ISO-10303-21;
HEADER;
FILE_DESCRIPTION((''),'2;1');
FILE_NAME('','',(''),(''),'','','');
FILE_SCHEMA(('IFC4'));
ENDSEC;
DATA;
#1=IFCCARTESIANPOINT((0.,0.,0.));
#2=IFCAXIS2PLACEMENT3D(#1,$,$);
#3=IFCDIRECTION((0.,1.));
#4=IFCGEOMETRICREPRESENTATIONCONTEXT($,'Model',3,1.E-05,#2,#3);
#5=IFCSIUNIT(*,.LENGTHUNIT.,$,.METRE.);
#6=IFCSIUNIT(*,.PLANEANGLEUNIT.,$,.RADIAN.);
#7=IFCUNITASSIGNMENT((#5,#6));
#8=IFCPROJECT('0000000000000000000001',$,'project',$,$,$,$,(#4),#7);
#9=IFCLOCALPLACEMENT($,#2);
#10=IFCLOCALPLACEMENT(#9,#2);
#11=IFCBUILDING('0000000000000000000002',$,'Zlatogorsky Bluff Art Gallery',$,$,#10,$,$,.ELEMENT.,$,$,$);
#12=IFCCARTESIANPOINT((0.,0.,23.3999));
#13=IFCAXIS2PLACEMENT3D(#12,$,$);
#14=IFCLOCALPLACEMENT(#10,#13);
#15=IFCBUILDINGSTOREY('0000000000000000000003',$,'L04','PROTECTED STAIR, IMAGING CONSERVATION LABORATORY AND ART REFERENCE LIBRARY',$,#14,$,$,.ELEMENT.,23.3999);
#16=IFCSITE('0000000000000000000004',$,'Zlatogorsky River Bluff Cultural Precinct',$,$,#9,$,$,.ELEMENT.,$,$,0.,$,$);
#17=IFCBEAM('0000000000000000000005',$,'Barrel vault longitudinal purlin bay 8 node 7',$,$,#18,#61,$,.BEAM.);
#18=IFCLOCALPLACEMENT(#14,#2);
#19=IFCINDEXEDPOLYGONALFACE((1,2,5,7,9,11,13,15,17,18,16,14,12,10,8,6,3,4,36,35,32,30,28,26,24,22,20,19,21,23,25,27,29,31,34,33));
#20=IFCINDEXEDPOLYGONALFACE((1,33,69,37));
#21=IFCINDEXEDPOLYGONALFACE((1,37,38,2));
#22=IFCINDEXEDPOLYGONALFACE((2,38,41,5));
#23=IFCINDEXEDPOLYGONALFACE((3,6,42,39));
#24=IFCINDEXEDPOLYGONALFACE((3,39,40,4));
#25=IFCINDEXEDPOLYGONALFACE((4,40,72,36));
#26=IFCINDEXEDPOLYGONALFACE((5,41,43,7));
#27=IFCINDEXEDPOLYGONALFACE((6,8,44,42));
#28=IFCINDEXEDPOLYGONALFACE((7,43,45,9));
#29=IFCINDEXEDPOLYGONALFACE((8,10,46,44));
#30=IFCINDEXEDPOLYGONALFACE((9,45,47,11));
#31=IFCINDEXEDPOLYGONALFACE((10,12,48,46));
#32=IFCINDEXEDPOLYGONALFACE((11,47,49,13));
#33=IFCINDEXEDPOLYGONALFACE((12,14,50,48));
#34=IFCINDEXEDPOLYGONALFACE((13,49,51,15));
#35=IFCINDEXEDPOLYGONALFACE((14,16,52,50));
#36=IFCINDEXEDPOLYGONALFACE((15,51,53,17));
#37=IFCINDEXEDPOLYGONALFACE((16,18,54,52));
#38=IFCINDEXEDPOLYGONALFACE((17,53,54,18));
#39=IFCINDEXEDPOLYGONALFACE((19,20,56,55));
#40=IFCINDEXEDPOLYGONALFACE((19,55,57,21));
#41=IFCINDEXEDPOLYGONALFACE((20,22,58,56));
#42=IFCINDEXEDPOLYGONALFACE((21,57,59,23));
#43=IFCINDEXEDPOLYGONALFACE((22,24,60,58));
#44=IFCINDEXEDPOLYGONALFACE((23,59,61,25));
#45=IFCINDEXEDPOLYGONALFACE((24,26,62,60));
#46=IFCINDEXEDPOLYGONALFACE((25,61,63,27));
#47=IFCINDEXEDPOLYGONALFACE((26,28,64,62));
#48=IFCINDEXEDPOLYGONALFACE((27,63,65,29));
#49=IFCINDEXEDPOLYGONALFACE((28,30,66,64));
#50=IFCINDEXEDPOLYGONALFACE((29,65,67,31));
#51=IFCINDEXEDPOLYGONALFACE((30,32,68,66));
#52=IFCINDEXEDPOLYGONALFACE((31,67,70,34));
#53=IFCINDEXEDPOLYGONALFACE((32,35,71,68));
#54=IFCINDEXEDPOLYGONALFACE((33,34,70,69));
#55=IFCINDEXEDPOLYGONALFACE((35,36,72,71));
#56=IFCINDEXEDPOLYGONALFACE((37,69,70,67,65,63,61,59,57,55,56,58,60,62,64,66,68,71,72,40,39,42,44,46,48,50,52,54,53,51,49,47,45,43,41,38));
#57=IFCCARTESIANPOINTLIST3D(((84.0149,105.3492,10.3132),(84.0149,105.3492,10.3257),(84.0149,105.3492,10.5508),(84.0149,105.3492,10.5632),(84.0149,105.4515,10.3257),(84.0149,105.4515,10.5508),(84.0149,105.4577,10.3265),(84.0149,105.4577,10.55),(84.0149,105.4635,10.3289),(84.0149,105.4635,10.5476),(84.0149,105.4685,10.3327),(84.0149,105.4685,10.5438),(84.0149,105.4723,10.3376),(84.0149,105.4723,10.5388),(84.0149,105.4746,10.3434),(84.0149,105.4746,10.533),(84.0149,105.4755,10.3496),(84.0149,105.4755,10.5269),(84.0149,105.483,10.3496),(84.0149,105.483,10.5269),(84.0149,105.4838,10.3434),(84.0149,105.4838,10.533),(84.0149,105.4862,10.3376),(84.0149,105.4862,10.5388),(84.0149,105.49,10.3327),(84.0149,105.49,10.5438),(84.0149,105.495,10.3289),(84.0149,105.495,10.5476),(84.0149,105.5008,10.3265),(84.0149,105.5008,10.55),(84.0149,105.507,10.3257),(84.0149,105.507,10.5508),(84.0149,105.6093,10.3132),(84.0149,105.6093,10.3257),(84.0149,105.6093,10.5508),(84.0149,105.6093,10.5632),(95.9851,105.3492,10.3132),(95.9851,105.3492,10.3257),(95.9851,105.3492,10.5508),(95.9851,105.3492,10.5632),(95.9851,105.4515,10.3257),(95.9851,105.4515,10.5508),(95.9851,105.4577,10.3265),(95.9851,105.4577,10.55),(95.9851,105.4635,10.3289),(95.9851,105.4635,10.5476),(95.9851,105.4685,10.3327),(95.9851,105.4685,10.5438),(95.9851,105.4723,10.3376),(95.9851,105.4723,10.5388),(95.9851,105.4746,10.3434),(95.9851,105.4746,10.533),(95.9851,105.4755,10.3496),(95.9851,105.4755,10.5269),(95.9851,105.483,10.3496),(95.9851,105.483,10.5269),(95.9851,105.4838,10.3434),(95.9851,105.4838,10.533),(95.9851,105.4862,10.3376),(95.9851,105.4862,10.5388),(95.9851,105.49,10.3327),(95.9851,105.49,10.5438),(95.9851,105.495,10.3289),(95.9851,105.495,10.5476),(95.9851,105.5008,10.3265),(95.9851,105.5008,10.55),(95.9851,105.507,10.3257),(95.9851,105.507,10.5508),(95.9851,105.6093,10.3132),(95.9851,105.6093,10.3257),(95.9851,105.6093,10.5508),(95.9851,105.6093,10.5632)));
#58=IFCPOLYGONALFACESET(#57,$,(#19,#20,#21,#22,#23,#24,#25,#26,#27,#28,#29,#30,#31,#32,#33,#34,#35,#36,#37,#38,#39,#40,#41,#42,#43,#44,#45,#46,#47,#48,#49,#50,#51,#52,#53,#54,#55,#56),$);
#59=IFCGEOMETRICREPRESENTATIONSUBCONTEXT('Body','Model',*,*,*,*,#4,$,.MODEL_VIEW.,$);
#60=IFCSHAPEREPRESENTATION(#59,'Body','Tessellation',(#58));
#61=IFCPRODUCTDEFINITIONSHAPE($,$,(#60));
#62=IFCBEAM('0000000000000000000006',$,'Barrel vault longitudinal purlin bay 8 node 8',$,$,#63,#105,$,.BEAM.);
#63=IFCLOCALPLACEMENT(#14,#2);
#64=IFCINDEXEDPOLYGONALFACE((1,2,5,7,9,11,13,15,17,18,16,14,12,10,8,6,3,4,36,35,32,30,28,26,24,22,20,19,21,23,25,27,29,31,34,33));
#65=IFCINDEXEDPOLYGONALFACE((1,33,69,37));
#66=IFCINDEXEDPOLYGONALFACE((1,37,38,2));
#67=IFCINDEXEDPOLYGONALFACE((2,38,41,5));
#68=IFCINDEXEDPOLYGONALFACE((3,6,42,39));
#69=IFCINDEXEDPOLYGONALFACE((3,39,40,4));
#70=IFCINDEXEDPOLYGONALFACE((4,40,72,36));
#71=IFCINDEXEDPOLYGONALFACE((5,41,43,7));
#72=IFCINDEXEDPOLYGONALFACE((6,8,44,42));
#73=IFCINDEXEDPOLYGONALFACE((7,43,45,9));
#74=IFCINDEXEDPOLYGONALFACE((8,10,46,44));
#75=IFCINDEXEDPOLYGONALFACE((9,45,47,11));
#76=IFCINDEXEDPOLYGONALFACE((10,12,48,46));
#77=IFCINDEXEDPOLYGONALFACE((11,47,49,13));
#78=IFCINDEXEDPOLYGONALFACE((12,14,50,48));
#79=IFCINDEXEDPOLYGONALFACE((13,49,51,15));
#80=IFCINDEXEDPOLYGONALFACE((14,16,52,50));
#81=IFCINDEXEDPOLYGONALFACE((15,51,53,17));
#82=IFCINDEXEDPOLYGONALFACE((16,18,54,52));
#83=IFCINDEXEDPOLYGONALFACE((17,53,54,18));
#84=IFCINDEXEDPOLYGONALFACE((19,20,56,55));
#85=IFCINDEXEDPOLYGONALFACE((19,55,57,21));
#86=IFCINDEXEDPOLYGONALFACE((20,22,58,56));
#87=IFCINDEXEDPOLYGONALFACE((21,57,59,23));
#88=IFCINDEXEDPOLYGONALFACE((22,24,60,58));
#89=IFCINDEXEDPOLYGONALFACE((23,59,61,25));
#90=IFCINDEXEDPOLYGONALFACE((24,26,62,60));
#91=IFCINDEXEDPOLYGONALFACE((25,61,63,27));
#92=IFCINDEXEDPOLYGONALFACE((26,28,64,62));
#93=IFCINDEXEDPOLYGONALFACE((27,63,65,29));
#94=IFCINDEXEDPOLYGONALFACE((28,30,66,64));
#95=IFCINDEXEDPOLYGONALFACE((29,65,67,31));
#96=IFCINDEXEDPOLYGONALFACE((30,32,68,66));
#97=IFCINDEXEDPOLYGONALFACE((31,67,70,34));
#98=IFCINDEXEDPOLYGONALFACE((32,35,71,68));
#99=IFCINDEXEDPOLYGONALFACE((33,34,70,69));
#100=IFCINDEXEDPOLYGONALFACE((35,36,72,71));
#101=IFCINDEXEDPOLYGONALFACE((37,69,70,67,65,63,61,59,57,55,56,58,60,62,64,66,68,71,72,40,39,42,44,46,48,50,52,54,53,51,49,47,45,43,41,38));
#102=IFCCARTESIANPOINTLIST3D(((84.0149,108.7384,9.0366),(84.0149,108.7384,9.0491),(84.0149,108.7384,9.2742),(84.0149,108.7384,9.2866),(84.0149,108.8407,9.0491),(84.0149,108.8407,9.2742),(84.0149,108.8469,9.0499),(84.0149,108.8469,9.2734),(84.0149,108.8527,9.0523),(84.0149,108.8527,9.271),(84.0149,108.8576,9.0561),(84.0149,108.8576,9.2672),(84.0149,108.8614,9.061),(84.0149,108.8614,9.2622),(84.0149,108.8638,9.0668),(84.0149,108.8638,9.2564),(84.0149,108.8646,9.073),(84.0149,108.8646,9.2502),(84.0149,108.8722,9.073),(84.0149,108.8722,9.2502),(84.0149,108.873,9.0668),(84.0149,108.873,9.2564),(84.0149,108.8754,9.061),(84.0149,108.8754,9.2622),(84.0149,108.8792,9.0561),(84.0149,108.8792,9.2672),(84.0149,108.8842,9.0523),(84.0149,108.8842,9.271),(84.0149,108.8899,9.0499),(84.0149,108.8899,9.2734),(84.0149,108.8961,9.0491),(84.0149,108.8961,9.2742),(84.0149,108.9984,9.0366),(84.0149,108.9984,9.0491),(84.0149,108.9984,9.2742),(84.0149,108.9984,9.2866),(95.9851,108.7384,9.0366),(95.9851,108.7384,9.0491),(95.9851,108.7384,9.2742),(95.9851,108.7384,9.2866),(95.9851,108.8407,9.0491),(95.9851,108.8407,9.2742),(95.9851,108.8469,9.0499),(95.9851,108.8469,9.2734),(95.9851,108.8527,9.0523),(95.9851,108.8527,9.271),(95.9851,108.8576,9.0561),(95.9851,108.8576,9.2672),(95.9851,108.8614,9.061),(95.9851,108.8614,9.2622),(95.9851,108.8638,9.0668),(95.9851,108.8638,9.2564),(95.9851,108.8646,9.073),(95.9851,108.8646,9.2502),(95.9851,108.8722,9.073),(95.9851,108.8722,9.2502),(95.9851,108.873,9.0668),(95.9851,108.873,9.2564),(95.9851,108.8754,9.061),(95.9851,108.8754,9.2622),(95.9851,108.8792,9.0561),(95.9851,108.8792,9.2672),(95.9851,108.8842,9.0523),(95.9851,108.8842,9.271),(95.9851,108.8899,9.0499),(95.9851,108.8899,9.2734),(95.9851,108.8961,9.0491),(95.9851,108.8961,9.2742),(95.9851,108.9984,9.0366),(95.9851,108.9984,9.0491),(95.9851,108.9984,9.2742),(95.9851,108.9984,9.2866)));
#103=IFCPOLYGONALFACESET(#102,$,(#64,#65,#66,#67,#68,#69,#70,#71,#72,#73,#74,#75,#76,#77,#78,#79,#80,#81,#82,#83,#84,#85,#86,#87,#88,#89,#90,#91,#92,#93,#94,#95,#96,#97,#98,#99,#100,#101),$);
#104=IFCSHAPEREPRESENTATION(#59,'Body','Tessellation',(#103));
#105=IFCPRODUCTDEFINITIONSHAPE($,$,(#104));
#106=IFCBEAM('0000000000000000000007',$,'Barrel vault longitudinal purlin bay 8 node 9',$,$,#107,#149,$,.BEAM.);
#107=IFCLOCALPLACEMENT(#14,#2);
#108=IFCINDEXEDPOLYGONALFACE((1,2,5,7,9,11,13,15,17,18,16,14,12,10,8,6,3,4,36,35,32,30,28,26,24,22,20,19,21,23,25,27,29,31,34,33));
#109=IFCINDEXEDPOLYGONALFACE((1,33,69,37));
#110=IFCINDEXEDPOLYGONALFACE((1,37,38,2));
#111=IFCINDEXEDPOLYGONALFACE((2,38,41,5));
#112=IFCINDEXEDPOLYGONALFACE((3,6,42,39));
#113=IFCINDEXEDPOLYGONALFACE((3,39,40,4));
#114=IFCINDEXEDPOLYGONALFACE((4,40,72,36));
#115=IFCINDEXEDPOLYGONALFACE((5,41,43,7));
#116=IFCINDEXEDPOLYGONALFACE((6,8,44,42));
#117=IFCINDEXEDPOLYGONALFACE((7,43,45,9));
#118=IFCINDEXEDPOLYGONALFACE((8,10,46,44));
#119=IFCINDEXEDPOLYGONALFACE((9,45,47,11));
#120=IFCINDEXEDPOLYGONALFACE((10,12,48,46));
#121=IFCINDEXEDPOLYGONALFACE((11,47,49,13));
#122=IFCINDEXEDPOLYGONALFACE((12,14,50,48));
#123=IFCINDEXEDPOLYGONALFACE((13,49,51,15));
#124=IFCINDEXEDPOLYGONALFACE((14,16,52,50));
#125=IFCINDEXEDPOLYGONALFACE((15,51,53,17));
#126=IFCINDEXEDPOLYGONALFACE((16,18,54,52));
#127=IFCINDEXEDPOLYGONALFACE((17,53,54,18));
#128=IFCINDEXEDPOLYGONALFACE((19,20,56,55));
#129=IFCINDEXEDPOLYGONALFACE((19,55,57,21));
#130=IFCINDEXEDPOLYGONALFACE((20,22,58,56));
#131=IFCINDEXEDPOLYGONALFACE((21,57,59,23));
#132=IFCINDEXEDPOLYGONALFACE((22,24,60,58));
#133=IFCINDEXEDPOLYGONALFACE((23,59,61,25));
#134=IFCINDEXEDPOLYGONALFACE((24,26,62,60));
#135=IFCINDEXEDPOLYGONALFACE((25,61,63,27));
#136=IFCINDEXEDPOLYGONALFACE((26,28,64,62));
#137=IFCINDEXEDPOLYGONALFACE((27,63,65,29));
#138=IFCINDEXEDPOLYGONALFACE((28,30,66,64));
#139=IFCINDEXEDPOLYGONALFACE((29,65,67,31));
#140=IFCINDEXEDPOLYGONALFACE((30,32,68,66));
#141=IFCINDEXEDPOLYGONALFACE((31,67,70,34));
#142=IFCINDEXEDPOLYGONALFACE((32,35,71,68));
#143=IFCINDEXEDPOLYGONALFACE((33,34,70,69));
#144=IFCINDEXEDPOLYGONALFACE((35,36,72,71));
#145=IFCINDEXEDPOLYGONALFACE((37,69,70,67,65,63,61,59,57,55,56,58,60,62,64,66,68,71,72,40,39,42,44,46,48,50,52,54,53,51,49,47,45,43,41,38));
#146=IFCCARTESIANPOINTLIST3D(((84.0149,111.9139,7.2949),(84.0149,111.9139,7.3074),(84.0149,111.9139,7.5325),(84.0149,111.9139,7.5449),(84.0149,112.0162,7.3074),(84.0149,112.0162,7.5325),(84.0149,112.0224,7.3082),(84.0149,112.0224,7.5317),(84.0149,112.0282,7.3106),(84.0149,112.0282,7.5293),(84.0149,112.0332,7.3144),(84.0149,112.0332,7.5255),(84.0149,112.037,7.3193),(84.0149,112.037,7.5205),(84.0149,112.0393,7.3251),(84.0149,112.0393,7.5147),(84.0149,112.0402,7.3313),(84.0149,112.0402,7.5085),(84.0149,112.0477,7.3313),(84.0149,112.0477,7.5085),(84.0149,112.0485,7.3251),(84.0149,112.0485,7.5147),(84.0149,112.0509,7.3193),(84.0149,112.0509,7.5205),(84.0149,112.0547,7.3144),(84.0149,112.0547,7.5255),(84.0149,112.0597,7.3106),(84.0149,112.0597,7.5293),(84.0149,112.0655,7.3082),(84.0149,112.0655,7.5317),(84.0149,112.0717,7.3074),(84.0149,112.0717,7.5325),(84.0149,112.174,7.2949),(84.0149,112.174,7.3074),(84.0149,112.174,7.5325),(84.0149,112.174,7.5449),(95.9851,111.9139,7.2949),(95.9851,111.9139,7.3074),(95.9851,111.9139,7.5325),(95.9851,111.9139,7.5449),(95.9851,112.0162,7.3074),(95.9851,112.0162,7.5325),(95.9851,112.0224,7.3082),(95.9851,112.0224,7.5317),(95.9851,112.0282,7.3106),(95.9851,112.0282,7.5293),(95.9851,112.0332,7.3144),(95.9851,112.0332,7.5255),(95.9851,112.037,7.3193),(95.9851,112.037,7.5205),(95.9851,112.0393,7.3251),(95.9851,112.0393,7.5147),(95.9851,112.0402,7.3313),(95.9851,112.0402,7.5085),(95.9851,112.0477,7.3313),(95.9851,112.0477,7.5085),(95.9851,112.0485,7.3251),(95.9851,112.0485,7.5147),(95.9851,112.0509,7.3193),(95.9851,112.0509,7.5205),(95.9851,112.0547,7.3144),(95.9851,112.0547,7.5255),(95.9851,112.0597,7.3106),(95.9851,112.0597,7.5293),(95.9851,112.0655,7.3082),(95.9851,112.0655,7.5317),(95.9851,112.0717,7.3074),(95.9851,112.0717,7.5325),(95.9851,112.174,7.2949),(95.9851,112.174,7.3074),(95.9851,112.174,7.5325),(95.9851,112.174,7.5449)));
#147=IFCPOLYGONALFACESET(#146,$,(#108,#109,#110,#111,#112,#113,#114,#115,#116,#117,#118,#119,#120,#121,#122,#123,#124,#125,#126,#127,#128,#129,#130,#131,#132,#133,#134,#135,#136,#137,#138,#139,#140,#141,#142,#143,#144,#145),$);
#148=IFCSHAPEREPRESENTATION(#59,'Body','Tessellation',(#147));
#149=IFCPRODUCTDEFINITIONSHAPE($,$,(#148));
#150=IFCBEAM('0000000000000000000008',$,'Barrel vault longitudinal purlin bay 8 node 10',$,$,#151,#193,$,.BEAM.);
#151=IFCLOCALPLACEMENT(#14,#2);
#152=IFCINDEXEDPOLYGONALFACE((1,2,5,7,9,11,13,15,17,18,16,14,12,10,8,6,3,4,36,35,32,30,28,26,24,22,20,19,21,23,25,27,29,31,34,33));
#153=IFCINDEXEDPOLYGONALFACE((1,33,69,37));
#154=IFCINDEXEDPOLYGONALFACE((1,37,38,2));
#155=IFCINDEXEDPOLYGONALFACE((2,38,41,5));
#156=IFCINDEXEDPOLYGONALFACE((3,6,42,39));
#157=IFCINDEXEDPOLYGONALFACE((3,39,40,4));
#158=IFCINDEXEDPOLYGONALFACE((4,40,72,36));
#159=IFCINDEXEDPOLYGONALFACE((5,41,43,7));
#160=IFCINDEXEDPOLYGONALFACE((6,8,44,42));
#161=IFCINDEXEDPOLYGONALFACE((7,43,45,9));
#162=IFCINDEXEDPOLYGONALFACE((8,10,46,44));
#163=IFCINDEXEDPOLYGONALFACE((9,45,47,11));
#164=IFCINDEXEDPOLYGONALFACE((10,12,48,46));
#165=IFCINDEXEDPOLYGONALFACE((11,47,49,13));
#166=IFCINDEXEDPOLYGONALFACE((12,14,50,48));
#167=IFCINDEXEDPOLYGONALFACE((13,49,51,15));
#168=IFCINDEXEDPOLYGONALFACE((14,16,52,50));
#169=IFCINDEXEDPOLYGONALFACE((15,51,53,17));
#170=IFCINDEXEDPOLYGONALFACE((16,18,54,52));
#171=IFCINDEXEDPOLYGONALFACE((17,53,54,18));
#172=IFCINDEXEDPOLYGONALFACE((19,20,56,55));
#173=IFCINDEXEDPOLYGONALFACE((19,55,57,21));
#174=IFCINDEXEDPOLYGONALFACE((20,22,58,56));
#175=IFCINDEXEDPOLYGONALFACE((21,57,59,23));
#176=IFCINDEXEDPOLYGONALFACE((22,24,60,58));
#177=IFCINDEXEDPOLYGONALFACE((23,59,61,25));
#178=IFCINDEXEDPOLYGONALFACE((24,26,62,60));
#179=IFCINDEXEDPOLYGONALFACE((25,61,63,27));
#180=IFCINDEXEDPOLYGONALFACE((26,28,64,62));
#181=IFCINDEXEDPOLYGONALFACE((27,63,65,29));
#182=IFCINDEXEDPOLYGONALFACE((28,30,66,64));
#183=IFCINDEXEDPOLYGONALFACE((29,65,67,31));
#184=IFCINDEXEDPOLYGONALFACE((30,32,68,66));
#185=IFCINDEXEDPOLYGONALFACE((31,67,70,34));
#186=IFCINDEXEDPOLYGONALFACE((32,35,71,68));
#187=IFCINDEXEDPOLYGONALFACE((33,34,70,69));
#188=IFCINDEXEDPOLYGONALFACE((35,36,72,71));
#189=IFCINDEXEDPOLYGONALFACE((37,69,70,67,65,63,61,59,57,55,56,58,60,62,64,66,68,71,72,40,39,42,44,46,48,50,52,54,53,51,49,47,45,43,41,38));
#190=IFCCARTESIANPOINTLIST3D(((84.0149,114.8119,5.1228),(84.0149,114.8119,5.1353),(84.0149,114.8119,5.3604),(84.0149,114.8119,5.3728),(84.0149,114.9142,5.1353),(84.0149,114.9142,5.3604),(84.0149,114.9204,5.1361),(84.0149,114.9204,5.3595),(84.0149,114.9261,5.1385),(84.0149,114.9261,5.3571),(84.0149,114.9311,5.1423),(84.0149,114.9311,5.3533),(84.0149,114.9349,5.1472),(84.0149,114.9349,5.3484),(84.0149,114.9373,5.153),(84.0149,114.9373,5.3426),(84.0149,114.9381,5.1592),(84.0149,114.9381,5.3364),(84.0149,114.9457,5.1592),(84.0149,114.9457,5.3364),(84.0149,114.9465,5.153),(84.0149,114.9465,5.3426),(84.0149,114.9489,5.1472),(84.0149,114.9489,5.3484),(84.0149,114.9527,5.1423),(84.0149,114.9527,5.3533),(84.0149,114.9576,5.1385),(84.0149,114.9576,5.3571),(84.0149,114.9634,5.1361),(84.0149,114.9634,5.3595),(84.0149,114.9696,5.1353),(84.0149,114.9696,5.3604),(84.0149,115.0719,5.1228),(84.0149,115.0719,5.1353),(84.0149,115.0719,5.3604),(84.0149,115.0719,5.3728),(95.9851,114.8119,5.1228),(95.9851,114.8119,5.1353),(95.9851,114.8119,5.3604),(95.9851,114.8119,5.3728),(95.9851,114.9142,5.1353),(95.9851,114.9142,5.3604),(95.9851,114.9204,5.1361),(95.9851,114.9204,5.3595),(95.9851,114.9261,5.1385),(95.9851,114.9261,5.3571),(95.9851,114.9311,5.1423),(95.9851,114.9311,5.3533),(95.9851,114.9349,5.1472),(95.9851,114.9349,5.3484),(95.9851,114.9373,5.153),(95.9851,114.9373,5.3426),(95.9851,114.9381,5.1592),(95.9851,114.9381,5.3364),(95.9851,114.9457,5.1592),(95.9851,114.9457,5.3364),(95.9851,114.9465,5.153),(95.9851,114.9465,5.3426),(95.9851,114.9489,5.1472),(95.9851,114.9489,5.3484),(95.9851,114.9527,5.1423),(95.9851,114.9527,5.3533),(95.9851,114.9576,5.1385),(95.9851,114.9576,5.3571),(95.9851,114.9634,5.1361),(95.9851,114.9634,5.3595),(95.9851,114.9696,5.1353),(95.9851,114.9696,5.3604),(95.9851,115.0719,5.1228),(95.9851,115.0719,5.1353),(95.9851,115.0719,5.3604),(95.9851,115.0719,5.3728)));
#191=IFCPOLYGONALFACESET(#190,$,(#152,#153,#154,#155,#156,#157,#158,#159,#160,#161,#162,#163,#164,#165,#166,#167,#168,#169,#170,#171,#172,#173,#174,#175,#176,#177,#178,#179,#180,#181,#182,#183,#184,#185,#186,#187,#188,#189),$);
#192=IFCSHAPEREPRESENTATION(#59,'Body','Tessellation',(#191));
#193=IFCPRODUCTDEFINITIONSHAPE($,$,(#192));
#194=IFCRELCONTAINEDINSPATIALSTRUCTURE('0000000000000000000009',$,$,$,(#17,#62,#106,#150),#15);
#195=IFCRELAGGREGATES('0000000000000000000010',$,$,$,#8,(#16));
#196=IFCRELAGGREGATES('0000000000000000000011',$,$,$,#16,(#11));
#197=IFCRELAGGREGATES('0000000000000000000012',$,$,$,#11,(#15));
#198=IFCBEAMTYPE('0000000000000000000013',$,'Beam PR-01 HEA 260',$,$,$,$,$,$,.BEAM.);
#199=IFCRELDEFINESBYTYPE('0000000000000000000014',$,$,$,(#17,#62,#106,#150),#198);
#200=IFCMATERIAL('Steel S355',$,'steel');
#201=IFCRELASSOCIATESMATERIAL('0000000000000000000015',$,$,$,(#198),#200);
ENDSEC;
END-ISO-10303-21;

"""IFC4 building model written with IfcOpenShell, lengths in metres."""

from ifc_helpers import new_model, si_unit, direction, frame, origin, origin_2d, place, context, subcontext, project, spatial, i_section, extrude, material, material_profile, profile_set, type_object, element, save


model = new_model("IFC4")

# Units and contexts
model_context = context("Model", 3, precision=1e-05, world=origin(), true_north=direction((0.0, 1.0)))
body_context = subcontext(model_context, "Body", "Model", "MODEL_VIEW")
ifc_project = project(units=[si_unit("LENGTHUNIT", "METRE"), si_unit("PLANEANGLEUNIT", "RADIAN")], contexts=[model_context])

# Site, building, storey
site_placement = place(None, origin())
site = spatial("IfcSite", under=ifc_project, at=site_placement, Name="Zlatogorsky River Bluff Cultural Precinct", CompositionType="ELEMENT", RefElevation=0.0)
building_placement = place(site_placement, origin())
building = spatial("IfcBuilding", under=site, at=building_placement, Name="Zlatogorsky Bluff Art Gallery", CompositionType="ELEMENT")
storey_placement = place(building_placement, frame((0.0, 0.0, 23.3999)))
storey = spatial("IfcBuildingStorey", under=building, at=storey_placement, Name="L04", Description="PROTECTED STAIR, IMAGING CONSERVATION LABORATORY AND ART REFERENCE LIBRARY", CompositionType="ELEMENT", Elevation=23.3999)

# Beams
ifc_material_1 = material(Name="Steel S355", Category="steel")
ifc_material_profile_1 = material_profile(ifc_material_1, i_section(OverallWidth=0.26, OverallDepth=0.25, WebThickness=0.0076, FlangeThickness=0.0125, FilletRadius=0.0239, at=origin_2d()), Name="HEA 260")
ifc_profile_set_1 = profile_set([ifc_material_profile_1], Name="Steel S355")
beam_type_1 = type_object("IfcBeamType", Name="Beam PR-01 HEA 260", PredefinedType="BEAM", material=ifc_profile_set_1)
for number, where, z_axis, x_axis, name in (
    (1, (84.0149, 105.4792, 10.4382), (1.0, 0.0, 0.0), (0.0, 1.0, 0.0), "Barrel vault longitudinal purlin bay 8 node 7"),
    (2, (84.0149, 108.8684, 9.1616), (1.0, 0.0, 0.0), (0.0, 1.0, 0.0), "Barrel vault longitudinal purlin bay 8 node 8"),
    (3, (84.0149, 112.0439, 7.4199), (1.0, 0.0, 0.0), (0.0, 1.0, 0.0), "Barrel vault longitudinal purlin bay 8 node 9"),
    (4, (84.0149, 114.9419, 5.2478), (1.0, 0.0, 0.0), (0.0, 1.0, 0.0), "Barrel vault longitudinal purlin bay 8 node 10"),
):
    element("IfcBeam", number, at=place(storey_placement, frame(where, z_axis=z_axis, x_axis=x_axis)), inside=storey, type_object=beam_type_1, Name=name, PredefinedType="BEAM", context=body_context, shape_type="SweptSolid", body=[
        extrude(i_section(OverallWidth=0.26, OverallDepth=0.25, WebThickness=0.0076, FlangeThickness=0.0125, FilletRadius=0.0239, at=origin_2d()), origin(), (0.0, 0.0, 1.0), 11.9702),
    ])

save(model, "model.ifc")
